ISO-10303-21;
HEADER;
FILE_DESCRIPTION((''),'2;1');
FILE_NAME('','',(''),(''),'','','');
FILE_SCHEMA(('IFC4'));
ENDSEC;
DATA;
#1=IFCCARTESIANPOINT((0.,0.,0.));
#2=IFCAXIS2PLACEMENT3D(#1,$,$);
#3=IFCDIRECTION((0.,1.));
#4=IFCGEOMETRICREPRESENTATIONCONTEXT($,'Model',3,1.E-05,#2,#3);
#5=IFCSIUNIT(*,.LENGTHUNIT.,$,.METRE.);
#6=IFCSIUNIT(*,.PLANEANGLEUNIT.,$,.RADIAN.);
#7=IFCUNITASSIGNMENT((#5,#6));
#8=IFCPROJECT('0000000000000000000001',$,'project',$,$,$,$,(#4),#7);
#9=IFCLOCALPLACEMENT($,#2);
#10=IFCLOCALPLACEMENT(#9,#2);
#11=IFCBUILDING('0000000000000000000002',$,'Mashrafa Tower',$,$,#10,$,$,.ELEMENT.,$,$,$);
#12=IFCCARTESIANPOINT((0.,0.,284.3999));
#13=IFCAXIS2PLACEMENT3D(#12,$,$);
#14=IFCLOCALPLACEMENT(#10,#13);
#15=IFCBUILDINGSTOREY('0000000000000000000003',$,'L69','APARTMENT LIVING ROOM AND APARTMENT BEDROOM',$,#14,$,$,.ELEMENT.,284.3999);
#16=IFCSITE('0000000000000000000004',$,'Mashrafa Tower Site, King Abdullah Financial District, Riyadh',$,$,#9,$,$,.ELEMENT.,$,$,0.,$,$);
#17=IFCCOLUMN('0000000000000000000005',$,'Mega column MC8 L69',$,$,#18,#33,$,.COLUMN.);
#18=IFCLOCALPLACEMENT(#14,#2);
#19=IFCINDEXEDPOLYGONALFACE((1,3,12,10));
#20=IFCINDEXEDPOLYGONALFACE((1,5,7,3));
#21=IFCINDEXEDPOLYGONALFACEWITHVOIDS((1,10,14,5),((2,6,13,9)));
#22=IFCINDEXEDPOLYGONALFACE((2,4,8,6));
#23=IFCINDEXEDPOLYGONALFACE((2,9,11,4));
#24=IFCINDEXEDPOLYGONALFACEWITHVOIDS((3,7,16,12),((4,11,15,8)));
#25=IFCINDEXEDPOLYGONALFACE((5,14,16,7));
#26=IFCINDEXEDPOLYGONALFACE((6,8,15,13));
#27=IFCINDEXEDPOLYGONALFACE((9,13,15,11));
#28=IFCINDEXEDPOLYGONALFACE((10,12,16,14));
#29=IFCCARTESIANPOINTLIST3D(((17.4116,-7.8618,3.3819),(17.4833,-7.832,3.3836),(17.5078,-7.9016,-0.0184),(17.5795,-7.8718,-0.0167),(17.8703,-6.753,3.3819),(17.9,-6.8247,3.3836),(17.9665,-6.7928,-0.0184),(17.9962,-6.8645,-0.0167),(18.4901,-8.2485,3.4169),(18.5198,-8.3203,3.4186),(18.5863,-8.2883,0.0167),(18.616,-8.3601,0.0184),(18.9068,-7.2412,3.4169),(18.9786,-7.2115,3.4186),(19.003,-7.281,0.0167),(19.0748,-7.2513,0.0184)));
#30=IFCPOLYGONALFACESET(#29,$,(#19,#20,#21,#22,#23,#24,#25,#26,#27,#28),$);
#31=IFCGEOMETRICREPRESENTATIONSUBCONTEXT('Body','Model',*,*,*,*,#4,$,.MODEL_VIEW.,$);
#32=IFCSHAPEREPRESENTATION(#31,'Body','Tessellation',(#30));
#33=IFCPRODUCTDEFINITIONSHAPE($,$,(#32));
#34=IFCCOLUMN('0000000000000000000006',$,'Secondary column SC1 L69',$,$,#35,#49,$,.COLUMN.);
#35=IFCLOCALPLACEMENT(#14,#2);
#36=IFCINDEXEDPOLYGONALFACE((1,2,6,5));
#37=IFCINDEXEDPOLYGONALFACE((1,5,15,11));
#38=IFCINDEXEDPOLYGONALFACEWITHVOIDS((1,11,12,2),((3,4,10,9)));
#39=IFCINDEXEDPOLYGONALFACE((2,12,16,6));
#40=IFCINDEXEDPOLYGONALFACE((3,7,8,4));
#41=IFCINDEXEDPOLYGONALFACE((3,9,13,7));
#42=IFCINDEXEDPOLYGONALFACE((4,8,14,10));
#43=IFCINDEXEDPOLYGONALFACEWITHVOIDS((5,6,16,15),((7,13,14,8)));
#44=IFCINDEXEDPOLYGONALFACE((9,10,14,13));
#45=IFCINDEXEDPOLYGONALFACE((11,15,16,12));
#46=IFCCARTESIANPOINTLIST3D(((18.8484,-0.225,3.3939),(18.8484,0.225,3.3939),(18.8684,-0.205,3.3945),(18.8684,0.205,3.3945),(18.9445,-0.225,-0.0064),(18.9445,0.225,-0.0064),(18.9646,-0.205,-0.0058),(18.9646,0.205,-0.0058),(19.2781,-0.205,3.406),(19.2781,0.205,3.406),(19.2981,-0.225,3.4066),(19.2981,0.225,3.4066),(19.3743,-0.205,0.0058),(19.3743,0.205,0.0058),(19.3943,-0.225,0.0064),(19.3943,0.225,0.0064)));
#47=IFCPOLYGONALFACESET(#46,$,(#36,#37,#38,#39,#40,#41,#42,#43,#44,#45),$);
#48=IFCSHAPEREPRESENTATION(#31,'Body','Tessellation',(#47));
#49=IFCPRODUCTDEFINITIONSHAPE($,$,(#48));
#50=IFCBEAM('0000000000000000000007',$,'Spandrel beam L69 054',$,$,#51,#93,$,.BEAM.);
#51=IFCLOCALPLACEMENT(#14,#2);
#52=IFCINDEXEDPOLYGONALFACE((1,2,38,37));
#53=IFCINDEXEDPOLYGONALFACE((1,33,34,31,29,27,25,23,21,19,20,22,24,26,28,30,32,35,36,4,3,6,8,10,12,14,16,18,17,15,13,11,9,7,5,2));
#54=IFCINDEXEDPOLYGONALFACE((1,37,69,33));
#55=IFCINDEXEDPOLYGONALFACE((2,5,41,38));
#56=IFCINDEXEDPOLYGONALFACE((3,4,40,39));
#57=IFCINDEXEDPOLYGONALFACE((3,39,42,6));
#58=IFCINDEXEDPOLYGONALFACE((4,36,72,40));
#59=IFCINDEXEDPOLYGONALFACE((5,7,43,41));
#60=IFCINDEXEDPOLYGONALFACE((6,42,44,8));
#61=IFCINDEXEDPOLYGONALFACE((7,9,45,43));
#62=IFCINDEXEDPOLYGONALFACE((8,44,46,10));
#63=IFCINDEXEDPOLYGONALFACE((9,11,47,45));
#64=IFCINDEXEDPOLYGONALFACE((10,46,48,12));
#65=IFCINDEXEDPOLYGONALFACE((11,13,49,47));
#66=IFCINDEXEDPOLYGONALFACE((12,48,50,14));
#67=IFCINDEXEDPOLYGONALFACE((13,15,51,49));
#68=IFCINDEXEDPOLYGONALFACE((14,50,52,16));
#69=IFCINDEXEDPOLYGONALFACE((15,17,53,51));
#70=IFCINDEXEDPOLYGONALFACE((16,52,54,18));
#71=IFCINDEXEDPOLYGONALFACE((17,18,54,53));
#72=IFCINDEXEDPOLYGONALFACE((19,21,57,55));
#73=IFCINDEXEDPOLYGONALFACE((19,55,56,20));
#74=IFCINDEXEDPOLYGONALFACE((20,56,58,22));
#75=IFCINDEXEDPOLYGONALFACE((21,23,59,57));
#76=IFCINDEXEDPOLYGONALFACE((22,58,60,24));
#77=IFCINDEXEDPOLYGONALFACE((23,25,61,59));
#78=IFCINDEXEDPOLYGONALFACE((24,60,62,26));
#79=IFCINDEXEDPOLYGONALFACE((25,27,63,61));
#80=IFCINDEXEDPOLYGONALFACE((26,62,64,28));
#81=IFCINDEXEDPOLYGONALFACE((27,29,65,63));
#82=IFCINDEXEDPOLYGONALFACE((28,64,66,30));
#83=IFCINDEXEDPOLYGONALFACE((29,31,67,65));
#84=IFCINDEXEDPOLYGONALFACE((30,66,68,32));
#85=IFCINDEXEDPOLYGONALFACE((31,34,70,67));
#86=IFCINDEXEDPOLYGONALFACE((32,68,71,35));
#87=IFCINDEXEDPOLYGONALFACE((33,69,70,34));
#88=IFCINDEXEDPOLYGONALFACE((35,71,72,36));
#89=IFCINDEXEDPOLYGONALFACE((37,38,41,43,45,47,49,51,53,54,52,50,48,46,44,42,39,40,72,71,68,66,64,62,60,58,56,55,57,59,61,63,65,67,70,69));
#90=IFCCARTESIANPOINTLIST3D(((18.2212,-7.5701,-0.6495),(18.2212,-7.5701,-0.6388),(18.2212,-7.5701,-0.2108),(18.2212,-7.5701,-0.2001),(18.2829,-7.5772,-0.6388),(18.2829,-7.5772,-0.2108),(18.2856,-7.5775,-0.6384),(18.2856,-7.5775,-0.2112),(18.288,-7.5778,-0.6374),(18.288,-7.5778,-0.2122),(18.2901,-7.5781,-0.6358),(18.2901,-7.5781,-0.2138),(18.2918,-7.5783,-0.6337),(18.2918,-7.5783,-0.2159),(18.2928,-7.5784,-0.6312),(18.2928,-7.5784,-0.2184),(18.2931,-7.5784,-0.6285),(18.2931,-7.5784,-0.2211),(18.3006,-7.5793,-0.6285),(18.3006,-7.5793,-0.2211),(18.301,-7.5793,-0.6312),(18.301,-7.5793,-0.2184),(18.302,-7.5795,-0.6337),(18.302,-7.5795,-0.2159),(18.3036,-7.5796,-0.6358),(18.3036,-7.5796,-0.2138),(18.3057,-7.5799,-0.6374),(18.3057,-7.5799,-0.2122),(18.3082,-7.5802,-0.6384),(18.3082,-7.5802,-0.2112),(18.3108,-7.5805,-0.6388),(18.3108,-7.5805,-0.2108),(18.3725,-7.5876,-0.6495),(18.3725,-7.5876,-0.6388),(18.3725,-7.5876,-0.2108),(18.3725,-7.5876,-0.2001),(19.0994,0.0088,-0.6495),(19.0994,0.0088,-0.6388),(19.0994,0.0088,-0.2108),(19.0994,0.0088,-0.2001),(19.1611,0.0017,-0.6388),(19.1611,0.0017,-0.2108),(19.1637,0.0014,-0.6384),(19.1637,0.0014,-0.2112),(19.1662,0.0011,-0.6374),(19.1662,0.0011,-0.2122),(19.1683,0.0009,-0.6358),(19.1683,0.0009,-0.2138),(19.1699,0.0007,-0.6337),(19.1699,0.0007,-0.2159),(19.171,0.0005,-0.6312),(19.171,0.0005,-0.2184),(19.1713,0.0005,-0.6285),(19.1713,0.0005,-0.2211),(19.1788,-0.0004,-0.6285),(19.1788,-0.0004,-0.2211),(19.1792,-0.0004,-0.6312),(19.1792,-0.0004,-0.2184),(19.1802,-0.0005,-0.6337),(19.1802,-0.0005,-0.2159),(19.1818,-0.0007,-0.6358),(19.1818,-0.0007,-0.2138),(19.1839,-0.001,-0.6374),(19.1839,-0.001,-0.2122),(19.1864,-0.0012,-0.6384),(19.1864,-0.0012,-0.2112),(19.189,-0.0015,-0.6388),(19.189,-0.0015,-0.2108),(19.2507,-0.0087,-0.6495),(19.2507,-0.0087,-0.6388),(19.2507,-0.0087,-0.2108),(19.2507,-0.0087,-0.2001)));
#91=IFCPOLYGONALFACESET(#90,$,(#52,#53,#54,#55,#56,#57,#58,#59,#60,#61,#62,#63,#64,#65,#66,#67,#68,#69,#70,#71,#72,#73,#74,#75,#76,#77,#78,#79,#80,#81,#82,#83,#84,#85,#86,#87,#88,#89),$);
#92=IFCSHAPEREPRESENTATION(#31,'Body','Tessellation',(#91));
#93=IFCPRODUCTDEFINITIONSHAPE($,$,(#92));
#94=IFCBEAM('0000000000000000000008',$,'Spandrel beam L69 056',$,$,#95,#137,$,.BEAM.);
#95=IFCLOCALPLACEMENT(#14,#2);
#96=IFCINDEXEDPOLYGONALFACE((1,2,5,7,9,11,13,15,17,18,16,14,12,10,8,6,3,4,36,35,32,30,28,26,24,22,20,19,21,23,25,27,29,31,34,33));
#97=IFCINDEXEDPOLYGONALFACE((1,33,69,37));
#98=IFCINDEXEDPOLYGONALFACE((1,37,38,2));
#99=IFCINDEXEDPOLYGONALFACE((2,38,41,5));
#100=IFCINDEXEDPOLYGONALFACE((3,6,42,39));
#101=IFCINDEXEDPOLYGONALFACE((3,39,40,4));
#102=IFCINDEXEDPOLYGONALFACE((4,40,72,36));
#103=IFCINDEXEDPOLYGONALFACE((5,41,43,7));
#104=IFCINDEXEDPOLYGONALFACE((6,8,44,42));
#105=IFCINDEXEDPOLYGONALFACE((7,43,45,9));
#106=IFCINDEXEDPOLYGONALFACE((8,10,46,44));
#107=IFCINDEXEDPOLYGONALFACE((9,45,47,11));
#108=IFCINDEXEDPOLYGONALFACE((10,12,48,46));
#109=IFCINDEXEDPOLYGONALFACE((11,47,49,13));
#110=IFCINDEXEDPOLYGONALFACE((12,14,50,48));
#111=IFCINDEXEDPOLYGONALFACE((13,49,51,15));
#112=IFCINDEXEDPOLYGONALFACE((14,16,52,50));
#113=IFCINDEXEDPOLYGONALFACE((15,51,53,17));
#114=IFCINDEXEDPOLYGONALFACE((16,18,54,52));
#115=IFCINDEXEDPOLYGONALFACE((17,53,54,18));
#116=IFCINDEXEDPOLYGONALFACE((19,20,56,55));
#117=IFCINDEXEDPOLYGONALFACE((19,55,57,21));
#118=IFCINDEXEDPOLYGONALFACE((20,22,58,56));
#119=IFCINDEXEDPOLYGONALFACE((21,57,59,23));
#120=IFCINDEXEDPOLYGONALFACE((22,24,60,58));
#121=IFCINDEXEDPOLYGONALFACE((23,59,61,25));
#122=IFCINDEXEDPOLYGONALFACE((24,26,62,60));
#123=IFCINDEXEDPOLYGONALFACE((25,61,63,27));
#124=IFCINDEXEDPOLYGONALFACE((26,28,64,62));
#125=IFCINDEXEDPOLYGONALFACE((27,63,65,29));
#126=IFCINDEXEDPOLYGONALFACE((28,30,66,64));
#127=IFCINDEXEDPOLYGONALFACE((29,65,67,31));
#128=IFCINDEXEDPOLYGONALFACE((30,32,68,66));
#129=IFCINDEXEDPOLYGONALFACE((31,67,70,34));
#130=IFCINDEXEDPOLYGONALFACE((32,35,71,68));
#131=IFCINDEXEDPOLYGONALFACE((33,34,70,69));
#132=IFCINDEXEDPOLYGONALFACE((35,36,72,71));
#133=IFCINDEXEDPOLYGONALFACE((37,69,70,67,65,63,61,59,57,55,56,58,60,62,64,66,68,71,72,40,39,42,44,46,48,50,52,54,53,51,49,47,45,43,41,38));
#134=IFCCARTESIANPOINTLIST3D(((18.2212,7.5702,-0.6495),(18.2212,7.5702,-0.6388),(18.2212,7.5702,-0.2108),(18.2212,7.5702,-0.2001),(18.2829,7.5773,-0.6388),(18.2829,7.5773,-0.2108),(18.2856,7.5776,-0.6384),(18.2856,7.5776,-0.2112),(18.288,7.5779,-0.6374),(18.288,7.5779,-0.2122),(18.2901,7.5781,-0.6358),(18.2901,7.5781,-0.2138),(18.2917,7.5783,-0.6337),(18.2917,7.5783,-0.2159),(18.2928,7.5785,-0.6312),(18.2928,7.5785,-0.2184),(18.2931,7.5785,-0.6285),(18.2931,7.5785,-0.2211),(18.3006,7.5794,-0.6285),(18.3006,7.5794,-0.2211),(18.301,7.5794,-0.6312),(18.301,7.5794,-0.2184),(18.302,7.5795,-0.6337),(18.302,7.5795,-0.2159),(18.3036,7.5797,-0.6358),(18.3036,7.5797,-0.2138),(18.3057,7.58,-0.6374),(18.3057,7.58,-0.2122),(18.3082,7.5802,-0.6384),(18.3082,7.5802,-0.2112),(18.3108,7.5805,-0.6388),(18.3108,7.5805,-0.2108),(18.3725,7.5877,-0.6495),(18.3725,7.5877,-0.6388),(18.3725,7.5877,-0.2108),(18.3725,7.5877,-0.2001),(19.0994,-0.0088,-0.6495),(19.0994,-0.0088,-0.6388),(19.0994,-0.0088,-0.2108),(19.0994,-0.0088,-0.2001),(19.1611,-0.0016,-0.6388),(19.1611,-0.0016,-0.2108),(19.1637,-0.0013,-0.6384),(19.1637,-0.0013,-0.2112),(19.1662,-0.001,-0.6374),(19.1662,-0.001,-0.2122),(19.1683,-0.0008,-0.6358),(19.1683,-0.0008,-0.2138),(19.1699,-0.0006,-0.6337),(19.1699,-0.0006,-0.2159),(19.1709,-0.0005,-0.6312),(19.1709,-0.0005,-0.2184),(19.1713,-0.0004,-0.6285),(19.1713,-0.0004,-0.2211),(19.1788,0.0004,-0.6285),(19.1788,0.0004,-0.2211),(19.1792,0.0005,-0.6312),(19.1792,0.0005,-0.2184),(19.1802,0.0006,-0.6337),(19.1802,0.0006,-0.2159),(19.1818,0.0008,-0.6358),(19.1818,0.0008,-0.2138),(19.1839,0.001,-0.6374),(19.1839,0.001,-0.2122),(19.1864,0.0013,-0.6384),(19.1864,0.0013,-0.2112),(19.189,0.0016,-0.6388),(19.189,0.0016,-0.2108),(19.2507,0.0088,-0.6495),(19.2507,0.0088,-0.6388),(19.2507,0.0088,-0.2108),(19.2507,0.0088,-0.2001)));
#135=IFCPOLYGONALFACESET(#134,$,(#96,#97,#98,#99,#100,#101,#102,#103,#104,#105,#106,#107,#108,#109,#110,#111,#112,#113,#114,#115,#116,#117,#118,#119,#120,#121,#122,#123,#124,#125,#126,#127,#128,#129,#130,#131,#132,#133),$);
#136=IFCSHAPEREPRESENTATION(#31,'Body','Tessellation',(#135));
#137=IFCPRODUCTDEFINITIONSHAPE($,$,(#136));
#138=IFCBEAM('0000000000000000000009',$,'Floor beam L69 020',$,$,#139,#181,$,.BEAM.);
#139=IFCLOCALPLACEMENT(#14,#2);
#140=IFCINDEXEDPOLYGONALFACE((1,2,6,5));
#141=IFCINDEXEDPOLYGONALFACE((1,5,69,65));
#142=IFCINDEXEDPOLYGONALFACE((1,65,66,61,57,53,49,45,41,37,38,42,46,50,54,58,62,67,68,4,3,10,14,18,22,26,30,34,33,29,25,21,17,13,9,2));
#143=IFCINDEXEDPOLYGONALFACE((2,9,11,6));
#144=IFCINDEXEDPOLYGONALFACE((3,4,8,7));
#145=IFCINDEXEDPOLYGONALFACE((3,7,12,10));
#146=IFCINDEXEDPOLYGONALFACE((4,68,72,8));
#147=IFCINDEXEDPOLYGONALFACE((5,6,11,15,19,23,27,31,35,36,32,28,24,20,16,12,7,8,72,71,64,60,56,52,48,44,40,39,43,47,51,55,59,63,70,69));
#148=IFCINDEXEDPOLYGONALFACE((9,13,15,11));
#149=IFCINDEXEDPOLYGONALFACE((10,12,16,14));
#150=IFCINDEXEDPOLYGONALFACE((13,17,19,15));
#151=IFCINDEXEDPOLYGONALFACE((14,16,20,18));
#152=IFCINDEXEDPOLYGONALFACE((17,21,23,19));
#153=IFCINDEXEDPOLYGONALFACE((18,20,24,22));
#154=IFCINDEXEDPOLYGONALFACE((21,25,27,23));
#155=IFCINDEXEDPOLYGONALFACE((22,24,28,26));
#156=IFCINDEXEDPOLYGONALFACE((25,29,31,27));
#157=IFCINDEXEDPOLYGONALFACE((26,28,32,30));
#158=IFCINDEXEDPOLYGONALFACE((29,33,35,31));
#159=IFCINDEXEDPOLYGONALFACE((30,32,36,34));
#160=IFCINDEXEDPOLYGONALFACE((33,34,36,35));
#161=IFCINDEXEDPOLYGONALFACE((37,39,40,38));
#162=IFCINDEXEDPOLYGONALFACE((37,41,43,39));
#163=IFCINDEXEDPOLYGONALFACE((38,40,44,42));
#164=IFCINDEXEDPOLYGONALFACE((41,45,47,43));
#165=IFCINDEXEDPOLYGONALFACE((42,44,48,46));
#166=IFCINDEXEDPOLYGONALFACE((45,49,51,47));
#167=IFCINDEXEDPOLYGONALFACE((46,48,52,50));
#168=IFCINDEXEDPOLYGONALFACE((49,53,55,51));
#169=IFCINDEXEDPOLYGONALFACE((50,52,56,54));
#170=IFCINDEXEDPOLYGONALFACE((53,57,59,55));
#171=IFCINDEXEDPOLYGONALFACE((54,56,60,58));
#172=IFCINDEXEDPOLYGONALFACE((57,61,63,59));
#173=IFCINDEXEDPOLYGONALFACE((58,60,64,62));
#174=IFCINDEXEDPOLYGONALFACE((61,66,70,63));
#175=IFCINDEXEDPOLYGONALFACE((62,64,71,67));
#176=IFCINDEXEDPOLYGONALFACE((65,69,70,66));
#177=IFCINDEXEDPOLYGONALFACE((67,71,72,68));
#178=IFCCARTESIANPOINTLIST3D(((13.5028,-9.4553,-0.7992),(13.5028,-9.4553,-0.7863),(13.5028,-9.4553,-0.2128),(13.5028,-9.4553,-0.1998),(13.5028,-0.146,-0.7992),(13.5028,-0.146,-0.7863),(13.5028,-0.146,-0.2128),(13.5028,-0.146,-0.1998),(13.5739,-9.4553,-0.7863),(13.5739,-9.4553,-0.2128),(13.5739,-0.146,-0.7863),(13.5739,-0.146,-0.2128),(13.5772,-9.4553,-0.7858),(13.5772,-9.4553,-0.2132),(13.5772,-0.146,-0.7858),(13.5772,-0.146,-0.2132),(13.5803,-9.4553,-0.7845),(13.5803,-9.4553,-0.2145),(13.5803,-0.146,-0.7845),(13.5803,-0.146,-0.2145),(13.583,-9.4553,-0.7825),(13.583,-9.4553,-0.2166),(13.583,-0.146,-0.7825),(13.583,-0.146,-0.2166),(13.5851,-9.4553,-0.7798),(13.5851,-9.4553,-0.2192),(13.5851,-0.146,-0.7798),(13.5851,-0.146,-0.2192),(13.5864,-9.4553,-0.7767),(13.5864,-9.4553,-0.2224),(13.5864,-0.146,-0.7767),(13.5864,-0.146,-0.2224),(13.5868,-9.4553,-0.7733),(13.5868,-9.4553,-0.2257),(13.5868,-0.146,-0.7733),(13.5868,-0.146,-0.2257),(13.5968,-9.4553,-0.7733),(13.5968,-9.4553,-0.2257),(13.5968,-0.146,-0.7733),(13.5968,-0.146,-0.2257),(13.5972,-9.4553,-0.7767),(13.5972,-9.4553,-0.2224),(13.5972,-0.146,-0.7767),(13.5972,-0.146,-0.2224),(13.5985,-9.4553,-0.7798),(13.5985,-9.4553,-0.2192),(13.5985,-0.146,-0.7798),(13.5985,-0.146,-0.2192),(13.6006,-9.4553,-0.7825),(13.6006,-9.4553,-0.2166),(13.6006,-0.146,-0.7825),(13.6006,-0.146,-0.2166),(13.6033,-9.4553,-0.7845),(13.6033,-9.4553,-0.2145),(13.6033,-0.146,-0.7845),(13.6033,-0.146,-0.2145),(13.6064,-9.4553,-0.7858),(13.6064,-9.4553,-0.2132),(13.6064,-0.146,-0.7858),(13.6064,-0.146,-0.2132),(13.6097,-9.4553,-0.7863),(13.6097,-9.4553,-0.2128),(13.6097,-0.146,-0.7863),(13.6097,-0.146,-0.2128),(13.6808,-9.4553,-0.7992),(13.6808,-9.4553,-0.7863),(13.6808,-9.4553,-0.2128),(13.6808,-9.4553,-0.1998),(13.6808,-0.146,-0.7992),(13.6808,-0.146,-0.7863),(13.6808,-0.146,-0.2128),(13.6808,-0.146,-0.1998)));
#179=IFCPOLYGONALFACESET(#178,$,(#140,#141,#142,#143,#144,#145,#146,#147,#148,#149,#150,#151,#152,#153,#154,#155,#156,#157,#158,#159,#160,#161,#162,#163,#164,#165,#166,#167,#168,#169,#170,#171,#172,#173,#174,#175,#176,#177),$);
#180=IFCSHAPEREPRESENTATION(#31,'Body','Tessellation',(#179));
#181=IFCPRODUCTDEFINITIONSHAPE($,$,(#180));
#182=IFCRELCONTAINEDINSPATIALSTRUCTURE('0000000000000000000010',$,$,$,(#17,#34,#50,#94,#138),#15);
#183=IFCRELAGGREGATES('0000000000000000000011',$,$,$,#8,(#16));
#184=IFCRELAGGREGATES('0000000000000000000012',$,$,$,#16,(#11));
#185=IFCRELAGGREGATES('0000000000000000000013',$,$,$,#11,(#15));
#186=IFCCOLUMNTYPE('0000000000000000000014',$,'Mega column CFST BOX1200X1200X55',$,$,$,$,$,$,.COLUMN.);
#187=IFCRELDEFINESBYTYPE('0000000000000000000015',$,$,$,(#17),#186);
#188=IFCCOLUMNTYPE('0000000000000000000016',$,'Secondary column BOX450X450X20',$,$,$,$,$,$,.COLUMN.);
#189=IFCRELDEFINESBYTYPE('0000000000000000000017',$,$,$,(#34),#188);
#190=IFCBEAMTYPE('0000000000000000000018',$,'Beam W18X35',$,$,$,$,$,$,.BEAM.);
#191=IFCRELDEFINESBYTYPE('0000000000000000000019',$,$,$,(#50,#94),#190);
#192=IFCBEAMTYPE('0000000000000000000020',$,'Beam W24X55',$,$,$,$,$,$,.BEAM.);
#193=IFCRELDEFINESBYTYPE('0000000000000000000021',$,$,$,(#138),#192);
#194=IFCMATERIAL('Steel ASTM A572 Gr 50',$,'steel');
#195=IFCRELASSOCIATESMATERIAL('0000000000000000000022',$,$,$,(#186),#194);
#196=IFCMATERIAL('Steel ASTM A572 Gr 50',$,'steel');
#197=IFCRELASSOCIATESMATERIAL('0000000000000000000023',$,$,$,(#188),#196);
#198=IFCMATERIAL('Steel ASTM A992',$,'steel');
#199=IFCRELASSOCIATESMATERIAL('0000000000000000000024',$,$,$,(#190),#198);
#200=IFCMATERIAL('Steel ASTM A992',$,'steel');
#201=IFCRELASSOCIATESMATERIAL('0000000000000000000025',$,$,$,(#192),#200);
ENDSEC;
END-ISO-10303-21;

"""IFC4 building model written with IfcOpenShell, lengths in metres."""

from ifc_helpers import new_model, si_unit, direction, frame, origin, origin_2d, place, context, subcontext, project, spatial, hollow_rectangle, i_section, extrude, material, material_profile, profile_set, type_object, element, save


model = new_model("IFC4")

# Units and contexts
model_context = context("Model", 3, precision=1e-05, world=origin(), true_north=direction((0.0, 1.0)))
body_context = subcontext(model_context, "Body", "Model", "MODEL_VIEW")
ifc_project = project(units=[si_unit("LENGTHUNIT", "METRE"), si_unit("PLANEANGLEUNIT", "RADIAN")], contexts=[model_context])

# Site, building, storey
site_placement = place(None, origin())
site = spatial("IfcSite", under=ifc_project, at=site_placement, Name="Mashrafa Tower Site, King Abdullah Financial District, Riyadh", CompositionType="ELEMENT", RefElevation=0.0)
building_placement = place(site_placement, origin())
building = spatial("IfcBuilding", under=site, at=building_placement, Name="Mashrafa Tower", CompositionType="ELEMENT")
storey_placement = place(building_placement, frame((0.0, 0.0, 284.3999)))
storey = spatial("IfcBuildingStorey", under=building, at=storey_placement, Name="L69", Description="APARTMENT LIVING ROOM AND APARTMENT BEDROOM", CompositionType="ELEMENT", Elevation=284.3999)

# Columns
ifc_material_1 = material(Name="Steel ASTM A572 Gr 50", Category="steel")
ifc_material_profile_1 = material_profile(ifc_material_1, hollow_rectangle(XDim=1.2, YDim=1.2, WallThickness=0.0549, at=origin_2d()), Name="BOX1200X1200X55")
ifc_profile_set_1 = profile_set([ifc_material_profile_1], Name="Steel ASTM A572 Gr 50")
column_type_1 = type_object("IfcColumnType", Name="Mega column CFST BOX1200X1200X55", PredefinedType="COLUMN", material=ifc_profile_set_1)
column_1_placement = place(storey_placement, frame((18.2913, -7.5764, 0.0), z_axis=(-0.028277, 0.011698, 0.999532), x_axis=(-0.382283, -0.924045, 0.0)))
element("IfcColumn", 1, at=column_1_placement, inside=storey, type_object=column_type_1, Name="Mega column MC8 L69", PredefinedType="COLUMN", context=body_context, shape_type="SweptSolid", body=[
    extrude(hollow_rectangle(XDim=1.2, YDim=1.2, WallThickness=0.0549, at=origin_2d()), origin(), (0.0, 0.0, 1.0), 3.4019),
])
ifc_material_2 = material(Name="Steel ASTM A572 Gr 50", Category="steel")
ifc_material_profile_2 = material_profile(ifc_material_2, hollow_rectangle(XDim=0.45, YDim=0.45, WallThickness=0.02, at=origin_2d()), Name="BOX450X450X20")
ifc_profile_set_2 = profile_set([ifc_material_profile_2], Name="Steel ASTM A572 Gr 50")
column_type_2 = type_object("IfcColumnType", Name="Secondary column BOX450X450X20", PredefinedType="COLUMN", material=ifc_profile_set_2)
column_2_placement = place(storey_placement, frame((19.1694, 0.0, 0.0), z_axis=(-0.028279, 0.0, 0.9996), x_axis=(0.0, -1.0, 0.0)))
element("IfcColumn", 2, at=column_2_placement, inside=storey, type_object=column_type_2, Name="Secondary column SC1 L69", PredefinedType="COLUMN", context=body_context, shape_type="SweptSolid", body=[
    extrude(hollow_rectangle(XDim=0.45, YDim=0.45, WallThickness=0.02, at=origin_2d()), origin(), (0.0, 0.0, 1.0), 3.4016),
])

# Beams
ifc_material_3 = material(Name="Steel ASTM A992", Category="steel")
ifc_material_profile_3 = material_profile(ifc_material_3, i_section(OverallWidth=0.1523, OverallDepth=0.4495, WebThickness=0.0076, FlangeThickness=0.0107, FilletRadius=0.0103, at=origin_2d()), Name="W18X35")
ifc_profile_set_3 = profile_set([ifc_material_profile_3], Name="Steel ASTM A992")
beam_type_1 = type_object("IfcBeamType", Name="Beam W18X35", PredefinedType="BEAM", material=ifc_profile_set_3)
for number, where, z_axis, x_axis, name in (
    (3, (18.2969, -7.5789, -0.4248), (0.115101, 0.993354, 0.0), (-0.993354, 0.115101, 0.0), "Spandrel beam L69 054"),
    (4, (19.175, 0.0, -0.4248), (-0.115101, 0.993354, 0.0), (-0.993354, -0.115101, 0.0), "Spandrel beam L69 056"),
):
    element("IfcBeam", number, at=place(storey_placement, frame(where, z_axis=z_axis, x_axis=x_axis)), inside=storey, type_object=beam_type_1, Name=name, PredefinedType="BEAM", context=body_context, shape_type="SweptSolid", body=[
        extrude(i_section(OverallWidth=0.1523, OverallDepth=0.4495, WebThickness=0.0076, FlangeThickness=0.0107, FilletRadius=0.0103, at=origin_2d()), origin(), (0.0, 0.0, 1.0), 7.6296),
    ])
ifc_material_4 = material(Name="Steel ASTM A992", Category="steel")
ifc_material_profile_4 = material_profile(ifc_material_4, i_section(OverallWidth=0.178, OverallDepth=0.5994, WebThickness=0.01, FlangeThickness=0.0129, FilletRadius=0.0129, at=origin_2d()), Name="W24X55")
ifc_profile_set_4 = profile_set([ifc_material_profile_4], Name="Steel ASTM A992")
beam_type_2 = type_object("IfcBeamType", Name="Beam W24X55", PredefinedType="BEAM", material=ifc_profile_set_4)
beam_1_placement = place(storey_placement, frame((13.5918, -0.146, -0.4995), z_axis=(0.0, -1.0, 0.0), x_axis=(1.0, 0.0, 0.0)))
element("IfcBeam", 5, at=beam_1_placement, inside=storey, type_object=beam_type_2, Name="Floor beam L69 020", PredefinedType="BEAM", context=body_context, shape_type="SweptSolid", body=[
    extrude(i_section(OverallWidth=0.178, OverallDepth=0.5994, WebThickness=0.01, FlangeThickness=0.0129, FilletRadius=0.0129, at=origin_2d()), origin(), (0.0, 0.0, 1.0), 9.3093),
])

save(model, "model.ifc")
